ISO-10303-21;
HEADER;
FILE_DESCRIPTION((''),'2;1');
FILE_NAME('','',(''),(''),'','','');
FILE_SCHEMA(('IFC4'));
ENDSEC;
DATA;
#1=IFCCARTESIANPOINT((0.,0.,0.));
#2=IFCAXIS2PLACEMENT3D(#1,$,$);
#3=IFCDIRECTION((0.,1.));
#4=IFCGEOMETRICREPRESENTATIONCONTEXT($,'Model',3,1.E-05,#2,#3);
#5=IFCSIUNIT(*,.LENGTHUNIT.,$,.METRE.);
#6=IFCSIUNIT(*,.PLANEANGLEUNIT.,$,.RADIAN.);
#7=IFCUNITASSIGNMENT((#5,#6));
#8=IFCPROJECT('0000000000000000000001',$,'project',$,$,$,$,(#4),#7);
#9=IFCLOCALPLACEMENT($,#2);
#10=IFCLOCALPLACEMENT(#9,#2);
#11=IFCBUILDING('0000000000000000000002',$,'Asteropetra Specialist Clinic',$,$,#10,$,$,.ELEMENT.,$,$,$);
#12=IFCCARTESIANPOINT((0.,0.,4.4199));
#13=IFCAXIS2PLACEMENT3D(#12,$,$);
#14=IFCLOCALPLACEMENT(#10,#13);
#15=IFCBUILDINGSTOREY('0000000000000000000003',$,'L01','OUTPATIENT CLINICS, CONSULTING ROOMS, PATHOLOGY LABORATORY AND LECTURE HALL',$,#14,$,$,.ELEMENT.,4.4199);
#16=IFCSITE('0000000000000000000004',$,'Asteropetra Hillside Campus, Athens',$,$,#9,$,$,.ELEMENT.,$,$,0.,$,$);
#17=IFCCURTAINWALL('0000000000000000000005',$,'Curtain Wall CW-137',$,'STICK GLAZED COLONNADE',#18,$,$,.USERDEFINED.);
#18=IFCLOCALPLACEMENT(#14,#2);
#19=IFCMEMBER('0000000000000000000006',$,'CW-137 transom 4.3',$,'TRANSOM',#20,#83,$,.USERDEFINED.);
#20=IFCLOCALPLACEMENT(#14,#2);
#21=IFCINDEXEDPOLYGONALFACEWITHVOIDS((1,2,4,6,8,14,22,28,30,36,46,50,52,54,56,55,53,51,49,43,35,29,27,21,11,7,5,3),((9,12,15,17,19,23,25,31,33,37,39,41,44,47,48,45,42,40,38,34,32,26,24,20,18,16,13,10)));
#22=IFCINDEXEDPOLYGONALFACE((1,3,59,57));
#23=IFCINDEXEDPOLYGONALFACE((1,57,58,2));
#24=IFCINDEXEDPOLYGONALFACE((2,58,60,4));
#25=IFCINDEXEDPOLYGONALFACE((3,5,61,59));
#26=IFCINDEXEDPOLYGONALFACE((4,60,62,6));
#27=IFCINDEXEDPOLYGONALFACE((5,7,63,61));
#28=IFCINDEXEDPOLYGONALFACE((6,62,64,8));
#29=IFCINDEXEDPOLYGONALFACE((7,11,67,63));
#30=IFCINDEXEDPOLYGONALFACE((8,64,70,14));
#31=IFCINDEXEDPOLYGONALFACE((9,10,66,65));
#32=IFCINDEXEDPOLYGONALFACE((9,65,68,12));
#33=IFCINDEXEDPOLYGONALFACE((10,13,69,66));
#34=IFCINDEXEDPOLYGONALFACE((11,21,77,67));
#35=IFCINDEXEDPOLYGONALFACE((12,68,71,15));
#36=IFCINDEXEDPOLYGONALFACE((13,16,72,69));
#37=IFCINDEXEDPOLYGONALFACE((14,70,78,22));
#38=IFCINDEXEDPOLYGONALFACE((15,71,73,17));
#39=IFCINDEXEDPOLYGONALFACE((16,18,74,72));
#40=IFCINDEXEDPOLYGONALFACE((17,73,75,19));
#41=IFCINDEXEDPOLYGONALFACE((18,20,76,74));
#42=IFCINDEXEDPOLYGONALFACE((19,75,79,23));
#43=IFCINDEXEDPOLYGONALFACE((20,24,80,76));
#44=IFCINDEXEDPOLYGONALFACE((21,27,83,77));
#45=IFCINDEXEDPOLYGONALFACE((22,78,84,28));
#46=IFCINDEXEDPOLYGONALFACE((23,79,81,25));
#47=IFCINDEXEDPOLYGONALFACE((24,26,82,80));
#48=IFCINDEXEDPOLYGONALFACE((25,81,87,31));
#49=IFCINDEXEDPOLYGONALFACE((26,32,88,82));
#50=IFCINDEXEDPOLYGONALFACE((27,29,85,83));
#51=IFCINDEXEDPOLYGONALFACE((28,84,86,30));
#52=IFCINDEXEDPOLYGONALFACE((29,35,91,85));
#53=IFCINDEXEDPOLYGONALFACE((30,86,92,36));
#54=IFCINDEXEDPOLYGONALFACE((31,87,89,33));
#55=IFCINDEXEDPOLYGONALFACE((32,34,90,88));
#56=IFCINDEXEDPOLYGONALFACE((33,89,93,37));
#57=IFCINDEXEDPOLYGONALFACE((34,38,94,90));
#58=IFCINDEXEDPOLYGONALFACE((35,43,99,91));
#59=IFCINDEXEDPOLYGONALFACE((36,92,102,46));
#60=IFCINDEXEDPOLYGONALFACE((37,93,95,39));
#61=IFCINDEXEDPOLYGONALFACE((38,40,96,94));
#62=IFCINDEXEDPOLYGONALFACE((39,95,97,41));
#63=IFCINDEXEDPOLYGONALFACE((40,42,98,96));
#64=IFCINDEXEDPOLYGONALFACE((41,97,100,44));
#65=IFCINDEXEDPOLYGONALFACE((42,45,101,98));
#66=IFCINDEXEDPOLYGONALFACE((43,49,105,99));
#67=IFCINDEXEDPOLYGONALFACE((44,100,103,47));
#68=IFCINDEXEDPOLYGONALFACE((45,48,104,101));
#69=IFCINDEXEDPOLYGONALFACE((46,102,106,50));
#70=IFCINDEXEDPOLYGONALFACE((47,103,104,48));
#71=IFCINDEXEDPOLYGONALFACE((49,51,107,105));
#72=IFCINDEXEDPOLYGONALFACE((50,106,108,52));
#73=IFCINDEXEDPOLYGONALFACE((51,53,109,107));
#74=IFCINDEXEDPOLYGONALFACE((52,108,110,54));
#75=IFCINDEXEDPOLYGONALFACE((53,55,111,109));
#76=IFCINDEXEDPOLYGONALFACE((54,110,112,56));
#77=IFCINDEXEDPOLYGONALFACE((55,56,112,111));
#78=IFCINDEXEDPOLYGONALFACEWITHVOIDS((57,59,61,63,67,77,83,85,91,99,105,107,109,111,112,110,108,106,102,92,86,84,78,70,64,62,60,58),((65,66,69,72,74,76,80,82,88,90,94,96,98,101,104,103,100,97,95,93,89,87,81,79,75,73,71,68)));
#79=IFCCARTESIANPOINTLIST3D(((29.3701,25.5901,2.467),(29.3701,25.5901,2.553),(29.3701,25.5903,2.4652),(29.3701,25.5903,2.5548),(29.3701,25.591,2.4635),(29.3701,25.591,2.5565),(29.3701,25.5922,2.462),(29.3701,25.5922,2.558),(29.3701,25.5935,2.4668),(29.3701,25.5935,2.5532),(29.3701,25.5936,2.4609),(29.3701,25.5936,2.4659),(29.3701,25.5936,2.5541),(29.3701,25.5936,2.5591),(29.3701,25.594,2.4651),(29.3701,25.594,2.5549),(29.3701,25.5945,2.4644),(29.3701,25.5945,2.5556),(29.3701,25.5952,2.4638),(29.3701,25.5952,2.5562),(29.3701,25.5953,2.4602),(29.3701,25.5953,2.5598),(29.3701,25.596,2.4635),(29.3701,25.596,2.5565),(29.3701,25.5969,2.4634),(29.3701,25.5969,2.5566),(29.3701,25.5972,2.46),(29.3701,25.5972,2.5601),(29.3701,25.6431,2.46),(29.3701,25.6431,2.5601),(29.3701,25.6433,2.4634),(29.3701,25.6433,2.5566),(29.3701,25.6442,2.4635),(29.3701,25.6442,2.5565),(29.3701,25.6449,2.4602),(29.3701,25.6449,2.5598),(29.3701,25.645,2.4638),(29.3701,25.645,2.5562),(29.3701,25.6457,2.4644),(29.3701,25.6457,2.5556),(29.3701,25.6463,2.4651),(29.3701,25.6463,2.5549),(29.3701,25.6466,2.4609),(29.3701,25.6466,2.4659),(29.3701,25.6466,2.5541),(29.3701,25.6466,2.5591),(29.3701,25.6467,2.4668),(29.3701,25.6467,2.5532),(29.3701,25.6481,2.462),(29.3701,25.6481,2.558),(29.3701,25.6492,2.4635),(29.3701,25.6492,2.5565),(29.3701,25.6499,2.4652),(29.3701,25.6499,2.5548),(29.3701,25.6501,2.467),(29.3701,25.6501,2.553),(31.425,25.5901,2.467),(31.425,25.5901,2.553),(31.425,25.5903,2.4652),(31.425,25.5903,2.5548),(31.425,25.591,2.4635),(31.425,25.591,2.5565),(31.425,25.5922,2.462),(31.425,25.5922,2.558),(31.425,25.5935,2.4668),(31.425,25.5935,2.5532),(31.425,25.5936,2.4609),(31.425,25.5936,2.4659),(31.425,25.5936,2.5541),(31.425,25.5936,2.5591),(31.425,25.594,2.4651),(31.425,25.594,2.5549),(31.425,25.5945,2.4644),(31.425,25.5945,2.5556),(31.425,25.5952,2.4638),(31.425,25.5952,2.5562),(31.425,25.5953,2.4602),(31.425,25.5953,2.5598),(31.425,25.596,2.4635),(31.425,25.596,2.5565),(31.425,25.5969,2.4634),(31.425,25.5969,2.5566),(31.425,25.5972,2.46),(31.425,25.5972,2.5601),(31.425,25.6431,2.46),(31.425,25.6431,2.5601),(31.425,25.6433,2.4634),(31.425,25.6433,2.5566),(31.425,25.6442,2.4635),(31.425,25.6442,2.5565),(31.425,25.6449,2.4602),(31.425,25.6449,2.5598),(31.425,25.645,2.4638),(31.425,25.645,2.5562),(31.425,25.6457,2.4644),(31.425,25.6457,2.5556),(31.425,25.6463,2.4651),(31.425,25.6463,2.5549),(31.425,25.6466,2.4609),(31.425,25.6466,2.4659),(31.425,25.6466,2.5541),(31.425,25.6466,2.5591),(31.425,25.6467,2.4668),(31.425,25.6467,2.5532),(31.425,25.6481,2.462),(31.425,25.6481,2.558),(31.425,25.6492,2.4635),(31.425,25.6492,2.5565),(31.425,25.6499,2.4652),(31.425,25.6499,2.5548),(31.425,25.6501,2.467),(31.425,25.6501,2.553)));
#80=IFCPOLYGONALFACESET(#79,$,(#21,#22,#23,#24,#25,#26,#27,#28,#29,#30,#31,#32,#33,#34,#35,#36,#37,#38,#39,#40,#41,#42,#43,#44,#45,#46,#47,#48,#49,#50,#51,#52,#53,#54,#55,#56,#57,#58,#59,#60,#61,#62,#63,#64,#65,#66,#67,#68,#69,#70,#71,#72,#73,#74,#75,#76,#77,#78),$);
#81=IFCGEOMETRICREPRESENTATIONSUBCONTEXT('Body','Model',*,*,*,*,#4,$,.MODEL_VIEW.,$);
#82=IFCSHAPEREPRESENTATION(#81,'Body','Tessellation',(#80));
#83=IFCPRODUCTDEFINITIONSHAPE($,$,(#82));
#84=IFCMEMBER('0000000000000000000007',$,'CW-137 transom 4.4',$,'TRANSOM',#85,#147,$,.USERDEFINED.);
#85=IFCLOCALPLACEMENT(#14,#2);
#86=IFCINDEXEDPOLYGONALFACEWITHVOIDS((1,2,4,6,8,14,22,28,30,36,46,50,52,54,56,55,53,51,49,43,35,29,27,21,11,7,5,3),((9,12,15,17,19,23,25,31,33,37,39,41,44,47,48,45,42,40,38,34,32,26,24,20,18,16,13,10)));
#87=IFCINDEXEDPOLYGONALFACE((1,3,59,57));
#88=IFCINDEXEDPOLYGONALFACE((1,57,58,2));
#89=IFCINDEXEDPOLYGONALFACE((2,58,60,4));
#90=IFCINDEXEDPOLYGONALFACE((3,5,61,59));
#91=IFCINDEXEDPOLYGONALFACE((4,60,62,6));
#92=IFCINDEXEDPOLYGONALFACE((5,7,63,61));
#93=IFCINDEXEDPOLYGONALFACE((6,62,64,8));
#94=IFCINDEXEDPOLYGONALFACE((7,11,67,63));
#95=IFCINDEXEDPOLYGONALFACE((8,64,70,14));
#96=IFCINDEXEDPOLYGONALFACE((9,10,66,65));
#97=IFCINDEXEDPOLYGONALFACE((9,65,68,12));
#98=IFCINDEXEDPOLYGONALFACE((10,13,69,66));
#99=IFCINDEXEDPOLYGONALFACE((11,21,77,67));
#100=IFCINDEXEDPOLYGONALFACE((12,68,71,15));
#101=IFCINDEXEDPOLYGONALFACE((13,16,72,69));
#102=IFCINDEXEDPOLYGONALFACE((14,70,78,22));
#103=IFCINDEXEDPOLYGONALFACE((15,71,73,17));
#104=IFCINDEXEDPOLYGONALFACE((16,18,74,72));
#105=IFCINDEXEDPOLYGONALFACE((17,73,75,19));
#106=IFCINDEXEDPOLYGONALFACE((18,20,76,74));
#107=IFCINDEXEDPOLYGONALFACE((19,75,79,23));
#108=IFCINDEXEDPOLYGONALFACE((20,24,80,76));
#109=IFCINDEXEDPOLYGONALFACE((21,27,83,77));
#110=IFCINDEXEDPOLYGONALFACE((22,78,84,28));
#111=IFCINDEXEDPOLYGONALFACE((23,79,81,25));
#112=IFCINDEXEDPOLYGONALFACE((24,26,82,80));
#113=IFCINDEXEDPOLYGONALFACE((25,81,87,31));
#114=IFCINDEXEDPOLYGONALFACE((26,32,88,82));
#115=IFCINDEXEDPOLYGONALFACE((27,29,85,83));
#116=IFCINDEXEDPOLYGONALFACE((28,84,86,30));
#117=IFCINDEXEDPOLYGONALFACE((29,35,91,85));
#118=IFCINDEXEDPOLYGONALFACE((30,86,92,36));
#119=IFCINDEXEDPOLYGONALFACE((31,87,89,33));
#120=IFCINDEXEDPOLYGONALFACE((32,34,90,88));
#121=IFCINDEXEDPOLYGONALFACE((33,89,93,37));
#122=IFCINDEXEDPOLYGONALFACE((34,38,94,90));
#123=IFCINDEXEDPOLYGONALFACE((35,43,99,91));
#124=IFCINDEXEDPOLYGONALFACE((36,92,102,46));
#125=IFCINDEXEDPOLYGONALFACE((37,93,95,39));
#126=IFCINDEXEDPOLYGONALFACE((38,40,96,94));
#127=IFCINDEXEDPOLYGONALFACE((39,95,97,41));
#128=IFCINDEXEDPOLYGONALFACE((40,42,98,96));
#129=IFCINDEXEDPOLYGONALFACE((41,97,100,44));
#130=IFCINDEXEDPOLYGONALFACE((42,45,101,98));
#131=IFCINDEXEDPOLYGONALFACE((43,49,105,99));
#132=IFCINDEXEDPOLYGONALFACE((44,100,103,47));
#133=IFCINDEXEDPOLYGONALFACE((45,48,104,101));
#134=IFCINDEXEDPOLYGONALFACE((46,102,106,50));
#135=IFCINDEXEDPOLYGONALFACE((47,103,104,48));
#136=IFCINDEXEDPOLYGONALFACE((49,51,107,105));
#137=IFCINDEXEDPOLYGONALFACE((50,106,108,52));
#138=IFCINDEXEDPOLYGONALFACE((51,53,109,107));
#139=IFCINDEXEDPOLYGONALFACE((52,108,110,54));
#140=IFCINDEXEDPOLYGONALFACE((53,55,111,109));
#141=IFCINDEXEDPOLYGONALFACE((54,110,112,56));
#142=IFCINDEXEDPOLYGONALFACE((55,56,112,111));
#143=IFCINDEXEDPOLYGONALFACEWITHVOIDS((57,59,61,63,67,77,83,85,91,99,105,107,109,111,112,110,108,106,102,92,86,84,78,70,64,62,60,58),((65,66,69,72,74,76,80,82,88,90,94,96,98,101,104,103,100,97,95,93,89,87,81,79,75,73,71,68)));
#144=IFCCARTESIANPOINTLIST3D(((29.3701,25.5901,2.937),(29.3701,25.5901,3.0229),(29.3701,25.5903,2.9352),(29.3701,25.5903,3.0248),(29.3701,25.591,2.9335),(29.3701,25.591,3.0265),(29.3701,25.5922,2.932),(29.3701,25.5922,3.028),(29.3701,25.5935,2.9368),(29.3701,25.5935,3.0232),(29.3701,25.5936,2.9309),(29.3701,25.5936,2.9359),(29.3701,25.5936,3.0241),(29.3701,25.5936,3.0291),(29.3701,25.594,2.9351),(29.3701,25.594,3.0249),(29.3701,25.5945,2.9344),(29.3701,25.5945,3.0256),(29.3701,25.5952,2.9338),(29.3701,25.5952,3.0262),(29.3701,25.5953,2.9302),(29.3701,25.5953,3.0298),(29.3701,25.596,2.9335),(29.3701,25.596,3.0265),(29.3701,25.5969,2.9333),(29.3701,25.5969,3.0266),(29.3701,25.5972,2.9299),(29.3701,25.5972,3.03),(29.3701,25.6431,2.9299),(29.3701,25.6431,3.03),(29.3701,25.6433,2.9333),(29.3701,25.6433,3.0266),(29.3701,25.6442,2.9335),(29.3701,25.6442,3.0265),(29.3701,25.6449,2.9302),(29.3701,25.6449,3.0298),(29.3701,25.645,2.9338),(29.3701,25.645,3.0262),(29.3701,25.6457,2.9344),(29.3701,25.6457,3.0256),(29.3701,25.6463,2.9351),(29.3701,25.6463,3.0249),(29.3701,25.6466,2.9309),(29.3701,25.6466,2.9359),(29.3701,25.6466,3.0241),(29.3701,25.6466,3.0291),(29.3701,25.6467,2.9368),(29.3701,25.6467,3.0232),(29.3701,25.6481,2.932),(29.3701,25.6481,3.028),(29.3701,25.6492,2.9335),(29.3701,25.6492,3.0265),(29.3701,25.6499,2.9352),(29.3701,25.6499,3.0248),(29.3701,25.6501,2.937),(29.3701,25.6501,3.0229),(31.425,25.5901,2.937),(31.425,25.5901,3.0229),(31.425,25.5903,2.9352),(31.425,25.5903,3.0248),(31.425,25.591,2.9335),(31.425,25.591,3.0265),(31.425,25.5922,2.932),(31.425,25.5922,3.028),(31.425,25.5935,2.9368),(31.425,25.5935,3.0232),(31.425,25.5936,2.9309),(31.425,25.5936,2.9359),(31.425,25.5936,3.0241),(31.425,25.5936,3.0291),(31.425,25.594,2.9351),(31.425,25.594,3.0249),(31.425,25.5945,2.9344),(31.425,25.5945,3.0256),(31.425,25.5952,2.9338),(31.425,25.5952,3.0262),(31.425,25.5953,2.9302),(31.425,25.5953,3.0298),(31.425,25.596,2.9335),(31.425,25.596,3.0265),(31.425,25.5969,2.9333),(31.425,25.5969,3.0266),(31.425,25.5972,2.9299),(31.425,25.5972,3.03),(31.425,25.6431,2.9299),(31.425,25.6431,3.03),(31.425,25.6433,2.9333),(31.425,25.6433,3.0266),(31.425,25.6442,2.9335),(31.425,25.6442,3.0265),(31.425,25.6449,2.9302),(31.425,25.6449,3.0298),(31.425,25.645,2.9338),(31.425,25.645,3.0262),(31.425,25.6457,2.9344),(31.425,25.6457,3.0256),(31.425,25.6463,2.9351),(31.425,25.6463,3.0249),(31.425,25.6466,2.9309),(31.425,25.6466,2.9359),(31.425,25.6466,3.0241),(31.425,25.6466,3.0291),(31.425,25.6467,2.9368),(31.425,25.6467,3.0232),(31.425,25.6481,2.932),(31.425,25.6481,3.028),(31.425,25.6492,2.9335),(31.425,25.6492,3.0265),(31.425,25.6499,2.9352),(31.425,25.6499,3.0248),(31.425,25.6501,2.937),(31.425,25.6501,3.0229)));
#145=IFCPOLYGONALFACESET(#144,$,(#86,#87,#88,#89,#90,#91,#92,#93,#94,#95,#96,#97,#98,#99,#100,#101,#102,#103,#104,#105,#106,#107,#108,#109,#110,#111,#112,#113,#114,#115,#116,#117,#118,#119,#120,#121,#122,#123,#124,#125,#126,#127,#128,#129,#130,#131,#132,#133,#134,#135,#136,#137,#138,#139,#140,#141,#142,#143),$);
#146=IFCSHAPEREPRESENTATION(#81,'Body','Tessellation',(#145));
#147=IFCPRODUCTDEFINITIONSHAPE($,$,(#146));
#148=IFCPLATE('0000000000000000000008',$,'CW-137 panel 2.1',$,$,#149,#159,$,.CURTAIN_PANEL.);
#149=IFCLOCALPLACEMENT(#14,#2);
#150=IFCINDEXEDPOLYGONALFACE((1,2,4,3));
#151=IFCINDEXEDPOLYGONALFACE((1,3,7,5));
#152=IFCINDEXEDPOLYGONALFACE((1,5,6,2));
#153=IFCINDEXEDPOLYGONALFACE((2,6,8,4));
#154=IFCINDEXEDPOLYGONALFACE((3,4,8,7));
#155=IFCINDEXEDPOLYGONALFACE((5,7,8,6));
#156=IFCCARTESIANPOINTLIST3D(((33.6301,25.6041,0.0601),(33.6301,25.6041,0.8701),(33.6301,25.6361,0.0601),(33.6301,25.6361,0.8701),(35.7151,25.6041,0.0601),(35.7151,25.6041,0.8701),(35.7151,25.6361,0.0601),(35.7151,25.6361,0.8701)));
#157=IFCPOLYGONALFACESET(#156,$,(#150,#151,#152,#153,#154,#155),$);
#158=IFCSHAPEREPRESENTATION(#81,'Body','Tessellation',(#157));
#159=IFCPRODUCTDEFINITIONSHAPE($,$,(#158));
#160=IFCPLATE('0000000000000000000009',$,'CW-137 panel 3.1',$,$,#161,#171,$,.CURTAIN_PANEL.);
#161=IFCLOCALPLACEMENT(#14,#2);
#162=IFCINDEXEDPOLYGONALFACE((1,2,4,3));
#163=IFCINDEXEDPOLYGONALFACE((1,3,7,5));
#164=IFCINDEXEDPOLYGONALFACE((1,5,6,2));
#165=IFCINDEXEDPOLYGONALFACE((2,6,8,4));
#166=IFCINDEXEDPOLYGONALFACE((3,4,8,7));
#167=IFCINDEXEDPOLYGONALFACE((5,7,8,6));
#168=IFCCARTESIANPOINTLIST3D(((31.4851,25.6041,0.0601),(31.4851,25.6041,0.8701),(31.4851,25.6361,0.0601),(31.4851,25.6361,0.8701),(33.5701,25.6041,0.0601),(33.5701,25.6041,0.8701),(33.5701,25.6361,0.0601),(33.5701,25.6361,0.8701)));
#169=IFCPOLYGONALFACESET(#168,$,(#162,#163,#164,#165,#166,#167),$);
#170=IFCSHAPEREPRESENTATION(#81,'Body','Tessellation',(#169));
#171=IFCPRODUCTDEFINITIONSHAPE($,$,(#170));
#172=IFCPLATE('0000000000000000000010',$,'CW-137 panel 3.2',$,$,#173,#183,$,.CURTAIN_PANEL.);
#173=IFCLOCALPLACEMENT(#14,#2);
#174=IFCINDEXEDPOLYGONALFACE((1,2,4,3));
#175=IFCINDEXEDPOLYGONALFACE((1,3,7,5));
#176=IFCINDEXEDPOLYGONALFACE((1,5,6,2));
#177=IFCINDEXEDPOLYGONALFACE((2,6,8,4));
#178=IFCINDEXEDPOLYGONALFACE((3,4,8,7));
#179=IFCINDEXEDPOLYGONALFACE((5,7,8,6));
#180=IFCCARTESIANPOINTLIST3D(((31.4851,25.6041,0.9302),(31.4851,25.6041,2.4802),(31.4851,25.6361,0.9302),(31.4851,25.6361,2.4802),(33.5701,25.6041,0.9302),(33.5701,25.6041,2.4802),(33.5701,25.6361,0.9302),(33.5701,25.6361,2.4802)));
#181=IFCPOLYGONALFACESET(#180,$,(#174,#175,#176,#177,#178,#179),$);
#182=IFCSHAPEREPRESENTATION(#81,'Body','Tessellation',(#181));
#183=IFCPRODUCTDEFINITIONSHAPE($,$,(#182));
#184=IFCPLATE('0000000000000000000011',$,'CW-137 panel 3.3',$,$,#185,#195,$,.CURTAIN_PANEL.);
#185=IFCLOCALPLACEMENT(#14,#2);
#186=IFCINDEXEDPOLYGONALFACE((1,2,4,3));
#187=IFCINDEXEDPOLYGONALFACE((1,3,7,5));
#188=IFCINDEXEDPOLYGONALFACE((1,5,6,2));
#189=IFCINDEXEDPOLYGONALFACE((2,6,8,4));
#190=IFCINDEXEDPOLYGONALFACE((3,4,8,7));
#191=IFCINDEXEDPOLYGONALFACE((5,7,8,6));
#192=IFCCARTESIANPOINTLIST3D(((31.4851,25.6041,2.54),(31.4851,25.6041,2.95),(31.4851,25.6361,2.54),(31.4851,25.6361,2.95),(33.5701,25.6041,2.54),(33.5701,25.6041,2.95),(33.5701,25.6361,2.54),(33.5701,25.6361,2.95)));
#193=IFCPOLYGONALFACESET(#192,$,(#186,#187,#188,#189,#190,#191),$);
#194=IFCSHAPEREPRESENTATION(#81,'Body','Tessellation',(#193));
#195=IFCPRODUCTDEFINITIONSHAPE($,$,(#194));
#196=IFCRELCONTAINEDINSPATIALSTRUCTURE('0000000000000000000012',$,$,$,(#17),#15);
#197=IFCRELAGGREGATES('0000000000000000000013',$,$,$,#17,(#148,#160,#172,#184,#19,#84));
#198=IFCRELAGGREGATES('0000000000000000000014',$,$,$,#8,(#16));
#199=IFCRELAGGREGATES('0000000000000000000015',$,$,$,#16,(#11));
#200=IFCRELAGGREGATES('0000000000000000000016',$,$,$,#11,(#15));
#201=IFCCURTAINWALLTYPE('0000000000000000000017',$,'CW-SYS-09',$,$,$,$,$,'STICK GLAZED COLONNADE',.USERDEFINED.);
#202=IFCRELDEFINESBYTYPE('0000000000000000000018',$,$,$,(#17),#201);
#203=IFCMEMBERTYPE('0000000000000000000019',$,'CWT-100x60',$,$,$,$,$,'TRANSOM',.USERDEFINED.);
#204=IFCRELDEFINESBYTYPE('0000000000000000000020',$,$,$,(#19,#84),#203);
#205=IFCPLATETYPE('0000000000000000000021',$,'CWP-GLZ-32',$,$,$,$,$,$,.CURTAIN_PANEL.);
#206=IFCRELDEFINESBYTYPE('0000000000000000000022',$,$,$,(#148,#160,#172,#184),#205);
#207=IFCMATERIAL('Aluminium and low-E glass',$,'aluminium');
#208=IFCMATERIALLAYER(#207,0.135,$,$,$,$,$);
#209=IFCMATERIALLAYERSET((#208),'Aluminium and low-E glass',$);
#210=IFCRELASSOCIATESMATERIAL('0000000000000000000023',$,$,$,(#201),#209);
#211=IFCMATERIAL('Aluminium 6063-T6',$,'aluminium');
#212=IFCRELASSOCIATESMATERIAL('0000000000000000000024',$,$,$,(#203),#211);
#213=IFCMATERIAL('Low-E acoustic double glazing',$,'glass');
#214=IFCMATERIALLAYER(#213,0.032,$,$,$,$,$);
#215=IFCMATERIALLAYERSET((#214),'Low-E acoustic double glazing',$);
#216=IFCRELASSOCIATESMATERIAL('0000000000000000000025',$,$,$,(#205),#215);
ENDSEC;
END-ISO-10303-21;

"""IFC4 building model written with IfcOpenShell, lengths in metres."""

from ifc_helpers import new_model, si_unit, direction, frame, origin, origin_2d, place, context, subcontext, project, spatial, rectangle, hollow_rectangle, extrude, material, layer, layer_set, material_profile, profile_set, type_object, element, aggregate, save


model = new_model("IFC4")

# Units and contexts
model_context = context("Model", 3, precision=1e-05, world=origin(), true_north=direction((0.0, 1.0)))
body_context = subcontext(model_context, "Body", "Model", "MODEL_VIEW")
ifc_project = project(units=[si_unit("LENGTHUNIT", "METRE"), si_unit("PLANEANGLEUNIT", "RADIAN")], contexts=[model_context])

# Site, building, storey
site_placement = place(None, origin())
site = spatial("IfcSite", under=ifc_project, at=site_placement, Name="Asteropetra Hillside Campus, Athens", CompositionType="ELEMENT", RefElevation=0.0)
building_placement = place(site_placement, origin())
building = spatial("IfcBuilding", under=site, at=building_placement, Name="Asteropetra Specialist Clinic", CompositionType="ELEMENT")
storey_placement = place(building_placement, frame((0.0, 0.0, 4.4199)))
storey = spatial("IfcBuildingStorey", under=building, at=storey_placement, Name="L01", Description="OUTPATIENT CLINICS, CONSULTING ROOMS, PATHOLOGY LABORATORY AND LECTURE HALL", CompositionType="ELEMENT", Elevation=4.4199)

# Curtain wall, members, plates
ifc_material_1 = material(Name="Aluminium and low-E glass", Category="aluminium")
ifc_layer_1 = layer(ifc_material_1, 0.135)
ifc_layer_set_1 = layer_set([ifc_layer_1], Name="Aluminium and low-E glass")
curtain_wall_type = type_object("IfcCurtainWallType", Name="CW-SYS-09", ElementType="STICK GLAZED COLONNADE", PredefinedType="USERDEFINED", material=ifc_layer_set_1)
curtain_wall_placement = place(storey_placement, origin())
curtain_wall = element("IfcCurtainWall", 1, at=curtain_wall_placement, inside=storey, type_object=curtain_wall_type, Name="Curtain Wall CW-137", ObjectType="STICK GLAZED COLONNADE", PredefinedType="USERDEFINED")
ifc_material_2 = material(Name="Aluminium 6063-T6", Category="aluminium")
ifc_material_profile_1 = material_profile(ifc_material_2, hollow_rectangle(XDim=0.0601, YDim=0.1001, WallThickness=0.0034, InnerFilletRadius=0.0034, OuterFilletRadius=0.0071, at=origin_2d()), Name="TRN 100x60x3.5")
ifc_profile_set_1 = profile_set([ifc_material_profile_1], Name="Aluminium 6063-T6")
member_type_1 = type_object("IfcMemberType", Name="CWT-100x60", ElementType="TRANSOM", PredefinedType="USERDEFINED", material=ifc_profile_set_1)
member_1_placement = place(storey_placement, frame((31.425, 25.6201, 2.51), z_axis=(-1.0, 0.0, 0.0), x_axis=(0.0, -1.0, 0.0)))
member_1 = element("IfcMember", 2, at=member_1_placement, type_object=member_type_1, Name="CW-137 transom 4.3", ObjectType="TRANSOM", PredefinedType="USERDEFINED", context=body_context, shape_type="SweptSolid", body=[
    extrude(hollow_rectangle(XDim=0.0601, YDim=0.1001, WallThickness=0.0034, InnerFilletRadius=0.0034, OuterFilletRadius=0.0071, at=origin_2d()), origin(), (0.0, 0.0, 1.0), 2.0549),
])
member_2_placement = place(storey_placement, frame((31.425, 25.6201, 2.98), z_axis=(-1.0, 0.0, 0.0), x_axis=(0.0, -1.0, 0.0)))
member_2 = element("IfcMember", 3, at=member_2_placement, type_object=member_type_1, Name="CW-137 transom 4.4", ObjectType="TRANSOM", PredefinedType="USERDEFINED", context=body_context, shape_type="SweptSolid", body=[
    extrude(hollow_rectangle(XDim=0.0601, YDim=0.1001, WallThickness=0.0034, InnerFilletRadius=0.0034, OuterFilletRadius=0.0071, at=origin_2d()), origin(), (0.0, 0.0, 1.0), 2.0549),
])
ifc_material_3 = material(Name="Low-E acoustic double glazing", Category="glass")
ifc_layer_2 = layer(ifc_material_3, 0.032)
ifc_layer_set_2 = layer_set([ifc_layer_2], Name="Low-E acoustic double glazing")
plate_type = type_object("IfcPlateType", Name="CWP-GLZ-32", PredefinedType="CURTAIN_PANEL", material=ifc_layer_set_2)
plate_1_placement = place(storey_placement, frame((34.6726, 25.6201, 0.0601), z_axis=(0.0, 0.0, 1.0), x_axis=(-1.0, 0.0, 0.0)))
plate_1 = element("IfcPlate", 4, at=plate_1_placement, type_object=plate_type, Name="CW-137 panel 2.1", PredefinedType="CURTAIN_PANEL", context=body_context, shape_type="SweptSolid", body=[
    extrude(rectangle(XDim=2.085, YDim=0.032, at=origin_2d()), origin(), (0.0, 0.0, 1.0), 0.8101),
])
plate_2_placement = place(storey_placement, frame((32.5276, 25.6201, 0.0601), z_axis=(0.0, 0.0, 1.0), x_axis=(-1.0, 0.0, 0.0)))
plate_2 = element("IfcPlate", 5, at=plate_2_placement, type_object=plate_type, Name="CW-137 panel 3.1", PredefinedType="CURTAIN_PANEL", context=body_context, shape_type="SweptSolid", body=[
    extrude(rectangle(XDim=2.085, YDim=0.032, at=origin_2d()), origin(), (0.0, 0.0, 1.0), 0.8101),
])
plate_3_placement = place(storey_placement, frame((32.5276, 25.6201, 0.9302), z_axis=(0.0, 0.0, 1.0), x_axis=(-1.0, 0.0, 0.0)))
plate_3 = element("IfcPlate", 6, at=plate_3_placement, type_object=plate_type, Name="CW-137 panel 3.2", PredefinedType="CURTAIN_PANEL", context=body_context, shape_type="SweptSolid", body=[
    extrude(rectangle(XDim=2.085, YDim=0.032, at=origin_2d()), origin(), (0.0, 0.0, 1.0), 1.55),
])
plate_4_placement = place(storey_placement, frame((32.5276, 25.6201, 2.54), z_axis=(0.0, 0.0, 1.0), x_axis=(-1.0, 0.0, 0.0)))
plate_4 = element("IfcPlate", 7, at=plate_4_placement, type_object=plate_type, Name="CW-137 panel 3.3", PredefinedType="CURTAIN_PANEL", context=body_context, shape_type="SweptSolid", body=[
    extrude(rectangle(XDim=2.085, YDim=0.032, at=origin_2d()), origin(), (0.0, 0.0, 1.0), 0.4099),
])
aggregate(curtain_wall, [plate_1, plate_2, plate_3, plate_4, member_1, member_2])

save(model, "model.ifc")
